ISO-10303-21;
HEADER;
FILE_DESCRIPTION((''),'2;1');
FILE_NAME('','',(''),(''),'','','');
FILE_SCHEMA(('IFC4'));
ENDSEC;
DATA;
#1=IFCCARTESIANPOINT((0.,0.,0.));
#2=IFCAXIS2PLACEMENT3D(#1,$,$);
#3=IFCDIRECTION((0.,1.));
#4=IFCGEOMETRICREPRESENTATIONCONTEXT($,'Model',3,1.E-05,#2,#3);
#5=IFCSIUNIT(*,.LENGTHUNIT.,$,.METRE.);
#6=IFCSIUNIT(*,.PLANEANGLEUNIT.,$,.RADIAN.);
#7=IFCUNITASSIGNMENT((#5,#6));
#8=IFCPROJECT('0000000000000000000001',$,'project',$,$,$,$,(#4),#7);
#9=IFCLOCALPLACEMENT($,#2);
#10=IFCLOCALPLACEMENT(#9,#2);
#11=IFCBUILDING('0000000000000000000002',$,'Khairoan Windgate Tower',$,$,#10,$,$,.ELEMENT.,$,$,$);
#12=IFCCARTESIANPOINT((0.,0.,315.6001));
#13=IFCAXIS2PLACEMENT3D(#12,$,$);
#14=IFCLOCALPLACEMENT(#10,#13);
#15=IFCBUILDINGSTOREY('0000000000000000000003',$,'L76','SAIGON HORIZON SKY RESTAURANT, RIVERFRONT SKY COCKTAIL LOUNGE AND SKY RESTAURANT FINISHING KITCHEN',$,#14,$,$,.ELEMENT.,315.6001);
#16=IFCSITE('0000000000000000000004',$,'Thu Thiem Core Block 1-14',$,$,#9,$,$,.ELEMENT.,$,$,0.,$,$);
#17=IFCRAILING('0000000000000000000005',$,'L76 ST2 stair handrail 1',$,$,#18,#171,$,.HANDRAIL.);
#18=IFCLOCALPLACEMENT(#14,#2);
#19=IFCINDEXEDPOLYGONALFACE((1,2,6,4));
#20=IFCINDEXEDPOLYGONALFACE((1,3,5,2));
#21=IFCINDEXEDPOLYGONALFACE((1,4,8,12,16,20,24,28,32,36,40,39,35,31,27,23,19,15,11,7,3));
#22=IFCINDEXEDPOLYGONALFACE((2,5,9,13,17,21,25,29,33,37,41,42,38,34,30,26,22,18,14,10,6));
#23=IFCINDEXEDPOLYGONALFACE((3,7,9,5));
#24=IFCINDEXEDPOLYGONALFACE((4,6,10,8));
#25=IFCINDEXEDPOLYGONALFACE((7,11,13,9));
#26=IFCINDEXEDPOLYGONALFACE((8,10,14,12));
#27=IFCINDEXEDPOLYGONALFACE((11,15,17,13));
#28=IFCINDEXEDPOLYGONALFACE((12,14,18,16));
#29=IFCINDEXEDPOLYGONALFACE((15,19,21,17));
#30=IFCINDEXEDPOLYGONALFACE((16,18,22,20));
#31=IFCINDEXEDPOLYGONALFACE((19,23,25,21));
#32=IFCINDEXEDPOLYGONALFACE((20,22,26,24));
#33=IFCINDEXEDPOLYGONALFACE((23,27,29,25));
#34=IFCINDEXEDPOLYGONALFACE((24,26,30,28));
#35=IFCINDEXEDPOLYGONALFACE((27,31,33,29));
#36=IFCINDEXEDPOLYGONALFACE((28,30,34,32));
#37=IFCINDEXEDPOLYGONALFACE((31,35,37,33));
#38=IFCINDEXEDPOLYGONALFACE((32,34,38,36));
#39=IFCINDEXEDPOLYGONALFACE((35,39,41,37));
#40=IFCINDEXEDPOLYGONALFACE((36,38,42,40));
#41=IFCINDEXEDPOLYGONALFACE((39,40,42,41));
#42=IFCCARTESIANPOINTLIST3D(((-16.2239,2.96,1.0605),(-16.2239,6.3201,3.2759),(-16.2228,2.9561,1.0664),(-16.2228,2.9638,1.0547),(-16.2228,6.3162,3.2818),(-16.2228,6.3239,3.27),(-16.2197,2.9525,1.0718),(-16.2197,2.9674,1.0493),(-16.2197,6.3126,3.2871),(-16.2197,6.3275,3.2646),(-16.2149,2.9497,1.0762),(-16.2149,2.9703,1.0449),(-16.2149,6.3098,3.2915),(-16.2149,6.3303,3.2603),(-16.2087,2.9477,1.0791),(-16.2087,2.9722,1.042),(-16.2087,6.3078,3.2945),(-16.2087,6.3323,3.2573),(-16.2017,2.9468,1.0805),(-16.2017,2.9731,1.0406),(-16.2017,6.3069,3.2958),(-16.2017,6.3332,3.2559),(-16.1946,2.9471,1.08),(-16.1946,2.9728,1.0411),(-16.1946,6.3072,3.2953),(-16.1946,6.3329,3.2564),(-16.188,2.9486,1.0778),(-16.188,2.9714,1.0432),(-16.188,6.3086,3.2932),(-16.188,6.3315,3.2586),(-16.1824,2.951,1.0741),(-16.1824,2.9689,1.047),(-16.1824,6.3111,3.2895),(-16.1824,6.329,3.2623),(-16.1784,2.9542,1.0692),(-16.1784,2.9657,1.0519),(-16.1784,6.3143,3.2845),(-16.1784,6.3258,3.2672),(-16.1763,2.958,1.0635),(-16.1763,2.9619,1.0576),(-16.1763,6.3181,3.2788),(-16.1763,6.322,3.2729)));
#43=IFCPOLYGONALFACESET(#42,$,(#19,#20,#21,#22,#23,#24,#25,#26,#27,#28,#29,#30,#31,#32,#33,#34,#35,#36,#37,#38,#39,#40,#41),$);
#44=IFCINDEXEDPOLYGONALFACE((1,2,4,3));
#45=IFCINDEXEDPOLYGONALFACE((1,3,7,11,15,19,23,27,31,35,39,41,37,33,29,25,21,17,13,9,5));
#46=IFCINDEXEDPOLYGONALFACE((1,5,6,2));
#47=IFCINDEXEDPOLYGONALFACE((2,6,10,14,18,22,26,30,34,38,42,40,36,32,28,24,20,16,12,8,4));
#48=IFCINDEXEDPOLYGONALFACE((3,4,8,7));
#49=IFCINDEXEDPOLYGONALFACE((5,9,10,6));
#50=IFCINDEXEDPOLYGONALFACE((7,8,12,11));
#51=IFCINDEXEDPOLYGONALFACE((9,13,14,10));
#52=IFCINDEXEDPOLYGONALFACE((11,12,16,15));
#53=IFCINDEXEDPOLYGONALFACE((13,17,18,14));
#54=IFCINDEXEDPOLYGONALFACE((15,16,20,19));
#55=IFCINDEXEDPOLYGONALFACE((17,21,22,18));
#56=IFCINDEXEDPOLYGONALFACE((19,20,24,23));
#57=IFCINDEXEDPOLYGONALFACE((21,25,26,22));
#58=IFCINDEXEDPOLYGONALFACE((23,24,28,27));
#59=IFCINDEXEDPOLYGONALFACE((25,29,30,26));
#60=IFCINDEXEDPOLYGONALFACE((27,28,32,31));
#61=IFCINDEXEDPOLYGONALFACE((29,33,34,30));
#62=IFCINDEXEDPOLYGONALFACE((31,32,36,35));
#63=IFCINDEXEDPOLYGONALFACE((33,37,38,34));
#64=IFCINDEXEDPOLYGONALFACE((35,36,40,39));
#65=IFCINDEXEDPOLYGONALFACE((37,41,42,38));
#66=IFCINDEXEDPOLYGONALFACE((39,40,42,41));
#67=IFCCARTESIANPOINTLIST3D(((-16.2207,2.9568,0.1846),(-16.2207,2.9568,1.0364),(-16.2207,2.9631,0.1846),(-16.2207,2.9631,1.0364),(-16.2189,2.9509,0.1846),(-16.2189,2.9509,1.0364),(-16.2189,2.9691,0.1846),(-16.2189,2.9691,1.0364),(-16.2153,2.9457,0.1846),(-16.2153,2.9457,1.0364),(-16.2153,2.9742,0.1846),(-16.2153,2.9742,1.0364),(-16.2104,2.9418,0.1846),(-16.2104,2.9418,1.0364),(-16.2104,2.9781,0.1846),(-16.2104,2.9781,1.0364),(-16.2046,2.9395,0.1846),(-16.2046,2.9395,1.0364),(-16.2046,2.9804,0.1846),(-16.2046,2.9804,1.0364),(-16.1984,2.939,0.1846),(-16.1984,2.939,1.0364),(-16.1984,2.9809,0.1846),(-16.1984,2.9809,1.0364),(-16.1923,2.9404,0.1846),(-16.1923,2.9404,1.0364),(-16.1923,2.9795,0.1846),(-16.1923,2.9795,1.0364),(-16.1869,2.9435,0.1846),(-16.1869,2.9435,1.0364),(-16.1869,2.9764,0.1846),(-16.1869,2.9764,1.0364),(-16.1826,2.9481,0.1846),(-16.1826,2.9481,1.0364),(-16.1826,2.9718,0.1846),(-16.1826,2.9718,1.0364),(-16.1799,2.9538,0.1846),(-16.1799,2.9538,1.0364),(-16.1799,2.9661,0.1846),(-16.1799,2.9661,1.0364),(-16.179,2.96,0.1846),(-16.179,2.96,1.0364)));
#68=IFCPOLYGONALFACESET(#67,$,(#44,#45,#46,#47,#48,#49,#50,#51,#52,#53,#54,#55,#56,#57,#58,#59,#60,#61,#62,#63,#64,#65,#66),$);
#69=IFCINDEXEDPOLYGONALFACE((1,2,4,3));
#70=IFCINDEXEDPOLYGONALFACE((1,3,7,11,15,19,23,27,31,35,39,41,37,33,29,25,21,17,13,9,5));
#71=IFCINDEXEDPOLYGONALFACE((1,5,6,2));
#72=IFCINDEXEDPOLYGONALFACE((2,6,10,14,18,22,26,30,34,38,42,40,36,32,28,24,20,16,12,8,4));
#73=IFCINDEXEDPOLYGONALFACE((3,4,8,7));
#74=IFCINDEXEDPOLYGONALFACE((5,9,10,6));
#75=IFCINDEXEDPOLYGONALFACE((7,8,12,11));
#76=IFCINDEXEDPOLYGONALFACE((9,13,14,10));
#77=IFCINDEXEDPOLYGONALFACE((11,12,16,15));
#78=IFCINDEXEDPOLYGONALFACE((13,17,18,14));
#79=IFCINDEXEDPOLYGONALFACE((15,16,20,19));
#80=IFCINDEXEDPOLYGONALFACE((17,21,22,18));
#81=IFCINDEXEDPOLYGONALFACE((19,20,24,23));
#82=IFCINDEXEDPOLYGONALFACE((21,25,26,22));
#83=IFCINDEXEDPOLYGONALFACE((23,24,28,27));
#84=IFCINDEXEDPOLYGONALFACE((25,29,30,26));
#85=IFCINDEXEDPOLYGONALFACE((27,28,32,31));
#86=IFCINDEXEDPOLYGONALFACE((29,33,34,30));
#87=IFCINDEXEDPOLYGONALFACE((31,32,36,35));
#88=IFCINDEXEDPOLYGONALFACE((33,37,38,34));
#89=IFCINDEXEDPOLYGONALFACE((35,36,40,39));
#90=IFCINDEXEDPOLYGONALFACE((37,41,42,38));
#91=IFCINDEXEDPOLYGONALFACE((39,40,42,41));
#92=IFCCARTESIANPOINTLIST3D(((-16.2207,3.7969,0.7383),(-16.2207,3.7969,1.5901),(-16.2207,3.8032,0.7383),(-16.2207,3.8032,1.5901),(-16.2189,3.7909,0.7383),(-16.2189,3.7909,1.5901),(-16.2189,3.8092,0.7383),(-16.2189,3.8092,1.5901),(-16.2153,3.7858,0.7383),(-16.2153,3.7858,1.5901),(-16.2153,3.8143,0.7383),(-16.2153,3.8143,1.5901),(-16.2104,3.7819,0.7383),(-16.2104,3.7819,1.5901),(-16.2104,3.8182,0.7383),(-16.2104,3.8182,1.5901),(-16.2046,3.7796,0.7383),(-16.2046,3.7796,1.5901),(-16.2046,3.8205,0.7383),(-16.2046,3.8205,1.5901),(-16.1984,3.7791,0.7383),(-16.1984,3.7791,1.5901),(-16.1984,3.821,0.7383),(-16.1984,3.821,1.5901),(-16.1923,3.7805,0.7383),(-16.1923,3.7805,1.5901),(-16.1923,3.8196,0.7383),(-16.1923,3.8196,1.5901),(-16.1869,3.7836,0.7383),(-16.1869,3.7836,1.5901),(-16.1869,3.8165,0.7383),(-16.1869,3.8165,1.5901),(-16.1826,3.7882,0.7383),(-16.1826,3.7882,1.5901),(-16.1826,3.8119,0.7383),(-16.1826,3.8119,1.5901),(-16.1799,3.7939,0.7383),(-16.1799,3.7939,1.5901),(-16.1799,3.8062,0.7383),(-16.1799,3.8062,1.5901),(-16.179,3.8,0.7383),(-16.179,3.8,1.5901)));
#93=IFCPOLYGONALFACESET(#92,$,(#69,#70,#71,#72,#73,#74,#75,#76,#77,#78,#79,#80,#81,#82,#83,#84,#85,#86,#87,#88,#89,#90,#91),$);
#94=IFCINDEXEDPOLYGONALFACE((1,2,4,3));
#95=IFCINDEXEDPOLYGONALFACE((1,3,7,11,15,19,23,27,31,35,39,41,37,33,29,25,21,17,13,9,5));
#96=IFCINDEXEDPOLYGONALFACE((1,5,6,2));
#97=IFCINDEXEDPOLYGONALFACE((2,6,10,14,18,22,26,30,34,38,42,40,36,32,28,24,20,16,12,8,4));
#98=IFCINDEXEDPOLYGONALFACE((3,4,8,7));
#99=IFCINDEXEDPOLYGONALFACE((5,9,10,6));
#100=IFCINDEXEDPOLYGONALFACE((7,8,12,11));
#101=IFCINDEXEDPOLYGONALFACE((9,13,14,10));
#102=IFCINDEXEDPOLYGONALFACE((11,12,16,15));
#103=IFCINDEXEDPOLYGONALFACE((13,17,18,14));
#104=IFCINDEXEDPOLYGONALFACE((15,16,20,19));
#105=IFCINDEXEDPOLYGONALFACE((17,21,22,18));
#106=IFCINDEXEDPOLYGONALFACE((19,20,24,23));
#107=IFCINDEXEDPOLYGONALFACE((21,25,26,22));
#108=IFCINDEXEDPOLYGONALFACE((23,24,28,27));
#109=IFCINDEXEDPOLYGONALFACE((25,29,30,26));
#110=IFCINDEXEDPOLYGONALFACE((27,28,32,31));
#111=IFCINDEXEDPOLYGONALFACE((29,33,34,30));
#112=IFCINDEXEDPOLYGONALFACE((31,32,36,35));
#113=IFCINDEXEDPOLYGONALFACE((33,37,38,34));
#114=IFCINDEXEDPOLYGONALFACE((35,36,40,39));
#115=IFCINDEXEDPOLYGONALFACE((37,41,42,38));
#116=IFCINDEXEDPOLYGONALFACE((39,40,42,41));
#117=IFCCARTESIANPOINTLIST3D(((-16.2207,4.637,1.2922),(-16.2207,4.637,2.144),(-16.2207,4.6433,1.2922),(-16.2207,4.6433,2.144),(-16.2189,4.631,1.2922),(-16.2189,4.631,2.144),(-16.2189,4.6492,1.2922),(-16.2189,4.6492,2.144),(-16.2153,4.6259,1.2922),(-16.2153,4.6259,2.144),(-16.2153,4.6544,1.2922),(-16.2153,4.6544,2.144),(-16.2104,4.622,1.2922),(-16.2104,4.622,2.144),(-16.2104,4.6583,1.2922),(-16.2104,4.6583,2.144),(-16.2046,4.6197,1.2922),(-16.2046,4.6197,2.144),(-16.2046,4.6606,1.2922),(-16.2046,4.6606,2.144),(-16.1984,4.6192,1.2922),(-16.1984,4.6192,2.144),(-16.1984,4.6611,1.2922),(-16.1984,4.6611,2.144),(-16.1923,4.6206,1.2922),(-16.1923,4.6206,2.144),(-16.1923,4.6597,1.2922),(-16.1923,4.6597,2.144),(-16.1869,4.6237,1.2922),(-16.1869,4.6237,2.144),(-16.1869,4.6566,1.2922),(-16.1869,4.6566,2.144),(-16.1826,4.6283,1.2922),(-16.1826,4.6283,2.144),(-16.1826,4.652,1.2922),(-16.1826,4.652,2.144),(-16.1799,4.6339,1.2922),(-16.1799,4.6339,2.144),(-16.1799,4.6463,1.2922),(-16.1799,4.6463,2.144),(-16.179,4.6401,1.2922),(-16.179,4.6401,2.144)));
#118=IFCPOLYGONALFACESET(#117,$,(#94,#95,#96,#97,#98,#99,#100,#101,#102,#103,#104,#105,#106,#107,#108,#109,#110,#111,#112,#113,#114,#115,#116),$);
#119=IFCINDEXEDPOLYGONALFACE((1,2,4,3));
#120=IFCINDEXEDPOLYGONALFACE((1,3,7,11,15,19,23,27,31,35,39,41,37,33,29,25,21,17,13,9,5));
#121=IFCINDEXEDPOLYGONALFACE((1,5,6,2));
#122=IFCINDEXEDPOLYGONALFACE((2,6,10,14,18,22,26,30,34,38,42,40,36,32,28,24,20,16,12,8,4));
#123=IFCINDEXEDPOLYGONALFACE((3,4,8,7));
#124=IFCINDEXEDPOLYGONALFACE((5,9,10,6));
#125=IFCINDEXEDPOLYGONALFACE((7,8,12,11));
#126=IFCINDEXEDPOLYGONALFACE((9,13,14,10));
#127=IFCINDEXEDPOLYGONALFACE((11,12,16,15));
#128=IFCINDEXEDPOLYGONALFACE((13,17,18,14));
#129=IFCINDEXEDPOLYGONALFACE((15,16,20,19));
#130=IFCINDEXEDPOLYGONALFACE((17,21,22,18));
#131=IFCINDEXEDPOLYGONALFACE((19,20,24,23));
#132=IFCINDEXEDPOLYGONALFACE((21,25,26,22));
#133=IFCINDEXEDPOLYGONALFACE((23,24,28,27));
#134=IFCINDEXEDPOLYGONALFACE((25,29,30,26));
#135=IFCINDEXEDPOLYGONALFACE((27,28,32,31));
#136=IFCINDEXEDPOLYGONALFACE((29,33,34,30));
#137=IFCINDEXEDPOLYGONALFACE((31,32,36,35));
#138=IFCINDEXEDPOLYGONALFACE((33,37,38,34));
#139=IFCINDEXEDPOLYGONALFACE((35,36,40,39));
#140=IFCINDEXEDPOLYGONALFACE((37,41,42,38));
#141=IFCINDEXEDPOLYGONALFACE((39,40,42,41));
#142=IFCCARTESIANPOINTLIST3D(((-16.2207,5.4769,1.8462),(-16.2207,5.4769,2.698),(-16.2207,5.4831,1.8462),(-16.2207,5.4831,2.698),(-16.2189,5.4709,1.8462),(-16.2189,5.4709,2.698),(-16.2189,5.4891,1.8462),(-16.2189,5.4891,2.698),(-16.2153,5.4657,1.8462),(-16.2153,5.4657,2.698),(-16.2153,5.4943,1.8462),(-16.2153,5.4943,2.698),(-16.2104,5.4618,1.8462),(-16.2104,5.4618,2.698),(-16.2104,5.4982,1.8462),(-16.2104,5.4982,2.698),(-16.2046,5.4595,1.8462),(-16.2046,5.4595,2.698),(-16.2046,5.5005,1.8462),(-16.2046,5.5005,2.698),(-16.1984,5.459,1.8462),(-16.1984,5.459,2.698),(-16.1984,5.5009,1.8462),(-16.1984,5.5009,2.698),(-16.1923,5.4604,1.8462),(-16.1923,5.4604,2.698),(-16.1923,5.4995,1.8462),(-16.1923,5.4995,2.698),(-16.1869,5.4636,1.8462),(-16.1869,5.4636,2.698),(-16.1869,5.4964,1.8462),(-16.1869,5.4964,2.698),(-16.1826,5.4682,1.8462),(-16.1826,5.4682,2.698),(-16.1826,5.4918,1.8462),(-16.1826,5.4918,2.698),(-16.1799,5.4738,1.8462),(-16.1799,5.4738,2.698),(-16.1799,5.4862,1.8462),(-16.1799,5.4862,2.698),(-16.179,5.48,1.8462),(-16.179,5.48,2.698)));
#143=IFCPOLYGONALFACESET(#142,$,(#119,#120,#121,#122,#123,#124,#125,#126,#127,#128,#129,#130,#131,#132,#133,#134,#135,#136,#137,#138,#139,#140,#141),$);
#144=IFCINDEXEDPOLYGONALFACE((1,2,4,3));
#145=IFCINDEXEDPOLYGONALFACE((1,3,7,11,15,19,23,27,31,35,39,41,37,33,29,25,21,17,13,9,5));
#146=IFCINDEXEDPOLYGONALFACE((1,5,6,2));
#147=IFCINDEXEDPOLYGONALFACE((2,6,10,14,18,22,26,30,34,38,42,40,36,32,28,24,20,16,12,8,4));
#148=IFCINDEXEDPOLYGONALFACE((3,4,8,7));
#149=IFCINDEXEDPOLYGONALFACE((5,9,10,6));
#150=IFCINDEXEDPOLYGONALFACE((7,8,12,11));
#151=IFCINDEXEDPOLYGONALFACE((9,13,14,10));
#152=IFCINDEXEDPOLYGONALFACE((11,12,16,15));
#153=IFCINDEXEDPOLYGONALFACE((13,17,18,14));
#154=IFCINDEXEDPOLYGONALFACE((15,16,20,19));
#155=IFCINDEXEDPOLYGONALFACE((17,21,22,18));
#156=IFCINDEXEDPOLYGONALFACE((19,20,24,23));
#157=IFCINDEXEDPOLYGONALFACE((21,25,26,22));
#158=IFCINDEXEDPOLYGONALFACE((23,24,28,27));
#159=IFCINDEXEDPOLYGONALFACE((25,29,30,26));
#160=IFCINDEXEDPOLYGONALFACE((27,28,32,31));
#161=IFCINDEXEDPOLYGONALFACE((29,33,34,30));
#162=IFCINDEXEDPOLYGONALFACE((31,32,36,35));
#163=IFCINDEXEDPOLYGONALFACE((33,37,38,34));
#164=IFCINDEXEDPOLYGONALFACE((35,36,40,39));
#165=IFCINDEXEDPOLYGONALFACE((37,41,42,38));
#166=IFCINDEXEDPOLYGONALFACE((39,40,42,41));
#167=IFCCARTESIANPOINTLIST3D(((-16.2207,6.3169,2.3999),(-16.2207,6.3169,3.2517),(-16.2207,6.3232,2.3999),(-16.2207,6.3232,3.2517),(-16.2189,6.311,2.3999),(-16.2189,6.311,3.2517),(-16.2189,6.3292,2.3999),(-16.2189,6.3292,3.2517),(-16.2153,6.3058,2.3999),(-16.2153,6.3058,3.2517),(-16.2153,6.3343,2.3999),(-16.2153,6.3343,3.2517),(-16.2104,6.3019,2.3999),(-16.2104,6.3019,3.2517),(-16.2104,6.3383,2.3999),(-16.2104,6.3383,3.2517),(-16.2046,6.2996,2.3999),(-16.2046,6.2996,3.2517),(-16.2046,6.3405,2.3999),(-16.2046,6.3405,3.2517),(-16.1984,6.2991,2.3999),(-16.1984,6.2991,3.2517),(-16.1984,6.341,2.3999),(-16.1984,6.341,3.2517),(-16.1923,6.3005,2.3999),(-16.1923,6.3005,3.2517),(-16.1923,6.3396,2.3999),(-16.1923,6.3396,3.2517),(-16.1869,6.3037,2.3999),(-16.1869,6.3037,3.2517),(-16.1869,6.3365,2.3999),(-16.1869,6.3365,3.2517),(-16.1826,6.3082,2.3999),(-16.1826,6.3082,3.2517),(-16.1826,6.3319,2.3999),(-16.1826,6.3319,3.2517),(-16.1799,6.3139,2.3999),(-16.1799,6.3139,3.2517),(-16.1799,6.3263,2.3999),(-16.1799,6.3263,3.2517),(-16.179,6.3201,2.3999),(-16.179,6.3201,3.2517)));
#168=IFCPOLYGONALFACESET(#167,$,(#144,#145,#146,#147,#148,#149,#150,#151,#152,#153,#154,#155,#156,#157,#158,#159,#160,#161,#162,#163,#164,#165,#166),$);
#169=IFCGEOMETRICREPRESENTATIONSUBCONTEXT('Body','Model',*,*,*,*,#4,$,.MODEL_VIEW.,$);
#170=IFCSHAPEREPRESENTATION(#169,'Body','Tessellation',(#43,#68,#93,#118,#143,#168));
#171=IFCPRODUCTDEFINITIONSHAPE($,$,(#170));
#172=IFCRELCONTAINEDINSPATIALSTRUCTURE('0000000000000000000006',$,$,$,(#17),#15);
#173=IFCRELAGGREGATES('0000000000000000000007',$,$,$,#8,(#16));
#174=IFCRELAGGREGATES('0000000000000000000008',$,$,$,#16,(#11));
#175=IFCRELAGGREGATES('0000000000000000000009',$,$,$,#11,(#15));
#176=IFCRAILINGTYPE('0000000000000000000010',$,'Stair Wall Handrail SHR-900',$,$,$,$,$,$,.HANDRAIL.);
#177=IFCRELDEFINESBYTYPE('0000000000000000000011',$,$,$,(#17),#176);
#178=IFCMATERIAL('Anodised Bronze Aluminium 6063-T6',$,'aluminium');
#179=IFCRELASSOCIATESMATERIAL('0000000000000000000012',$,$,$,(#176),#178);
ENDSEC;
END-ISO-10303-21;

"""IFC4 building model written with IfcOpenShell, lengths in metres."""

from ifc_helpers import new_model, si_unit, direction, frame, origin, origin_2d, place, context, subcontext, project, spatial, circle, extrude, material, type_object, element, save


model = new_model("IFC4")

# Units and contexts
model_context = context("Model", 3, precision=1e-05, world=origin(), true_north=direction((0.0, 1.0)))
body_context = subcontext(model_context, "Body", "Model", "MODEL_VIEW")
ifc_project = project(units=[si_unit("LENGTHUNIT", "METRE"), si_unit("PLANEANGLEUNIT", "RADIAN")], contexts=[model_context])

# Site, building, storey
site_placement = place(None, origin())
site = spatial("IfcSite", under=ifc_project, at=site_placement, Name="Thu Thiem Core Block 1-14", CompositionType="ELEMENT", RefElevation=0.0)
building_placement = place(site_placement, origin())
building = spatial("IfcBuilding", under=site, at=building_placement, Name="Khairoan Windgate Tower", CompositionType="ELEMENT")
storey_placement = place(building_placement, frame((0.0, 0.0, 315.6001)))
storey = spatial("IfcBuildingStorey", under=building, at=storey_placement, Name="L76", Description="SAIGON HORIZON SKY RESTAURANT, RIVERFRONT SKY COCKTAIL LOUNGE AND SKY RESTAURANT FINISHING KITCHEN", CompositionType="ELEMENT", Elevation=315.6001)

# Railing
ifc_material_1 = material(Name="Anodised Bronze Aluminium 6063-T6", Category="aluminium")
railing_type_1 = type_object("IfcRailingType", Name="Stair Wall Handrail SHR-900", PredefinedType="HANDRAIL", material=ifc_material_1)
railing_1_placement = place(storey_placement, frame((-16.2, 2.96, 0.1846)))
element("IfcRailing", 1, at=railing_1_placement, inside=storey, type_object=railing_type_1, Name="L76 ST2 stair handrail 1", PredefinedType="HANDRAIL", context=body_context, shape_type="SweptSolid", body=[
    extrude(circle(Radius=0.0239, at=origin_2d()), frame((0.0, 0.0, 0.876), z_axis=(0.0, 0.834876, 0.550437), x_axis=(-1.0, 0.0, 0.0)), (0.0, 0.0, 1.0), 4.0247),
    extrude(circle(Radius=0.021, at=origin_2d()), origin(), (0.0, 0.0, 1.0), 0.8518),
    extrude(circle(Radius=0.021, at=origin_2d()), frame((0.0, 0.8401, 0.5537)), (0.0, 0.0, 1.0), 0.8518),
    extrude(circle(Radius=0.021, at=origin_2d()), frame((0.0, 1.6802, 1.1077)), (0.0, 0.0, 1.0), 0.8518),
    extrude(circle(Radius=0.021, at=origin_2d()), frame((0.0, 2.52, 1.6616)), (0.0, 0.0, 1.0), 0.8518),
    extrude(circle(Radius=0.021, at=origin_2d()), frame((0.0, 3.3601, 2.2153)), (0.0, 0.0, 1.0), 0.8518),
])

save(model, "model.ifc")
